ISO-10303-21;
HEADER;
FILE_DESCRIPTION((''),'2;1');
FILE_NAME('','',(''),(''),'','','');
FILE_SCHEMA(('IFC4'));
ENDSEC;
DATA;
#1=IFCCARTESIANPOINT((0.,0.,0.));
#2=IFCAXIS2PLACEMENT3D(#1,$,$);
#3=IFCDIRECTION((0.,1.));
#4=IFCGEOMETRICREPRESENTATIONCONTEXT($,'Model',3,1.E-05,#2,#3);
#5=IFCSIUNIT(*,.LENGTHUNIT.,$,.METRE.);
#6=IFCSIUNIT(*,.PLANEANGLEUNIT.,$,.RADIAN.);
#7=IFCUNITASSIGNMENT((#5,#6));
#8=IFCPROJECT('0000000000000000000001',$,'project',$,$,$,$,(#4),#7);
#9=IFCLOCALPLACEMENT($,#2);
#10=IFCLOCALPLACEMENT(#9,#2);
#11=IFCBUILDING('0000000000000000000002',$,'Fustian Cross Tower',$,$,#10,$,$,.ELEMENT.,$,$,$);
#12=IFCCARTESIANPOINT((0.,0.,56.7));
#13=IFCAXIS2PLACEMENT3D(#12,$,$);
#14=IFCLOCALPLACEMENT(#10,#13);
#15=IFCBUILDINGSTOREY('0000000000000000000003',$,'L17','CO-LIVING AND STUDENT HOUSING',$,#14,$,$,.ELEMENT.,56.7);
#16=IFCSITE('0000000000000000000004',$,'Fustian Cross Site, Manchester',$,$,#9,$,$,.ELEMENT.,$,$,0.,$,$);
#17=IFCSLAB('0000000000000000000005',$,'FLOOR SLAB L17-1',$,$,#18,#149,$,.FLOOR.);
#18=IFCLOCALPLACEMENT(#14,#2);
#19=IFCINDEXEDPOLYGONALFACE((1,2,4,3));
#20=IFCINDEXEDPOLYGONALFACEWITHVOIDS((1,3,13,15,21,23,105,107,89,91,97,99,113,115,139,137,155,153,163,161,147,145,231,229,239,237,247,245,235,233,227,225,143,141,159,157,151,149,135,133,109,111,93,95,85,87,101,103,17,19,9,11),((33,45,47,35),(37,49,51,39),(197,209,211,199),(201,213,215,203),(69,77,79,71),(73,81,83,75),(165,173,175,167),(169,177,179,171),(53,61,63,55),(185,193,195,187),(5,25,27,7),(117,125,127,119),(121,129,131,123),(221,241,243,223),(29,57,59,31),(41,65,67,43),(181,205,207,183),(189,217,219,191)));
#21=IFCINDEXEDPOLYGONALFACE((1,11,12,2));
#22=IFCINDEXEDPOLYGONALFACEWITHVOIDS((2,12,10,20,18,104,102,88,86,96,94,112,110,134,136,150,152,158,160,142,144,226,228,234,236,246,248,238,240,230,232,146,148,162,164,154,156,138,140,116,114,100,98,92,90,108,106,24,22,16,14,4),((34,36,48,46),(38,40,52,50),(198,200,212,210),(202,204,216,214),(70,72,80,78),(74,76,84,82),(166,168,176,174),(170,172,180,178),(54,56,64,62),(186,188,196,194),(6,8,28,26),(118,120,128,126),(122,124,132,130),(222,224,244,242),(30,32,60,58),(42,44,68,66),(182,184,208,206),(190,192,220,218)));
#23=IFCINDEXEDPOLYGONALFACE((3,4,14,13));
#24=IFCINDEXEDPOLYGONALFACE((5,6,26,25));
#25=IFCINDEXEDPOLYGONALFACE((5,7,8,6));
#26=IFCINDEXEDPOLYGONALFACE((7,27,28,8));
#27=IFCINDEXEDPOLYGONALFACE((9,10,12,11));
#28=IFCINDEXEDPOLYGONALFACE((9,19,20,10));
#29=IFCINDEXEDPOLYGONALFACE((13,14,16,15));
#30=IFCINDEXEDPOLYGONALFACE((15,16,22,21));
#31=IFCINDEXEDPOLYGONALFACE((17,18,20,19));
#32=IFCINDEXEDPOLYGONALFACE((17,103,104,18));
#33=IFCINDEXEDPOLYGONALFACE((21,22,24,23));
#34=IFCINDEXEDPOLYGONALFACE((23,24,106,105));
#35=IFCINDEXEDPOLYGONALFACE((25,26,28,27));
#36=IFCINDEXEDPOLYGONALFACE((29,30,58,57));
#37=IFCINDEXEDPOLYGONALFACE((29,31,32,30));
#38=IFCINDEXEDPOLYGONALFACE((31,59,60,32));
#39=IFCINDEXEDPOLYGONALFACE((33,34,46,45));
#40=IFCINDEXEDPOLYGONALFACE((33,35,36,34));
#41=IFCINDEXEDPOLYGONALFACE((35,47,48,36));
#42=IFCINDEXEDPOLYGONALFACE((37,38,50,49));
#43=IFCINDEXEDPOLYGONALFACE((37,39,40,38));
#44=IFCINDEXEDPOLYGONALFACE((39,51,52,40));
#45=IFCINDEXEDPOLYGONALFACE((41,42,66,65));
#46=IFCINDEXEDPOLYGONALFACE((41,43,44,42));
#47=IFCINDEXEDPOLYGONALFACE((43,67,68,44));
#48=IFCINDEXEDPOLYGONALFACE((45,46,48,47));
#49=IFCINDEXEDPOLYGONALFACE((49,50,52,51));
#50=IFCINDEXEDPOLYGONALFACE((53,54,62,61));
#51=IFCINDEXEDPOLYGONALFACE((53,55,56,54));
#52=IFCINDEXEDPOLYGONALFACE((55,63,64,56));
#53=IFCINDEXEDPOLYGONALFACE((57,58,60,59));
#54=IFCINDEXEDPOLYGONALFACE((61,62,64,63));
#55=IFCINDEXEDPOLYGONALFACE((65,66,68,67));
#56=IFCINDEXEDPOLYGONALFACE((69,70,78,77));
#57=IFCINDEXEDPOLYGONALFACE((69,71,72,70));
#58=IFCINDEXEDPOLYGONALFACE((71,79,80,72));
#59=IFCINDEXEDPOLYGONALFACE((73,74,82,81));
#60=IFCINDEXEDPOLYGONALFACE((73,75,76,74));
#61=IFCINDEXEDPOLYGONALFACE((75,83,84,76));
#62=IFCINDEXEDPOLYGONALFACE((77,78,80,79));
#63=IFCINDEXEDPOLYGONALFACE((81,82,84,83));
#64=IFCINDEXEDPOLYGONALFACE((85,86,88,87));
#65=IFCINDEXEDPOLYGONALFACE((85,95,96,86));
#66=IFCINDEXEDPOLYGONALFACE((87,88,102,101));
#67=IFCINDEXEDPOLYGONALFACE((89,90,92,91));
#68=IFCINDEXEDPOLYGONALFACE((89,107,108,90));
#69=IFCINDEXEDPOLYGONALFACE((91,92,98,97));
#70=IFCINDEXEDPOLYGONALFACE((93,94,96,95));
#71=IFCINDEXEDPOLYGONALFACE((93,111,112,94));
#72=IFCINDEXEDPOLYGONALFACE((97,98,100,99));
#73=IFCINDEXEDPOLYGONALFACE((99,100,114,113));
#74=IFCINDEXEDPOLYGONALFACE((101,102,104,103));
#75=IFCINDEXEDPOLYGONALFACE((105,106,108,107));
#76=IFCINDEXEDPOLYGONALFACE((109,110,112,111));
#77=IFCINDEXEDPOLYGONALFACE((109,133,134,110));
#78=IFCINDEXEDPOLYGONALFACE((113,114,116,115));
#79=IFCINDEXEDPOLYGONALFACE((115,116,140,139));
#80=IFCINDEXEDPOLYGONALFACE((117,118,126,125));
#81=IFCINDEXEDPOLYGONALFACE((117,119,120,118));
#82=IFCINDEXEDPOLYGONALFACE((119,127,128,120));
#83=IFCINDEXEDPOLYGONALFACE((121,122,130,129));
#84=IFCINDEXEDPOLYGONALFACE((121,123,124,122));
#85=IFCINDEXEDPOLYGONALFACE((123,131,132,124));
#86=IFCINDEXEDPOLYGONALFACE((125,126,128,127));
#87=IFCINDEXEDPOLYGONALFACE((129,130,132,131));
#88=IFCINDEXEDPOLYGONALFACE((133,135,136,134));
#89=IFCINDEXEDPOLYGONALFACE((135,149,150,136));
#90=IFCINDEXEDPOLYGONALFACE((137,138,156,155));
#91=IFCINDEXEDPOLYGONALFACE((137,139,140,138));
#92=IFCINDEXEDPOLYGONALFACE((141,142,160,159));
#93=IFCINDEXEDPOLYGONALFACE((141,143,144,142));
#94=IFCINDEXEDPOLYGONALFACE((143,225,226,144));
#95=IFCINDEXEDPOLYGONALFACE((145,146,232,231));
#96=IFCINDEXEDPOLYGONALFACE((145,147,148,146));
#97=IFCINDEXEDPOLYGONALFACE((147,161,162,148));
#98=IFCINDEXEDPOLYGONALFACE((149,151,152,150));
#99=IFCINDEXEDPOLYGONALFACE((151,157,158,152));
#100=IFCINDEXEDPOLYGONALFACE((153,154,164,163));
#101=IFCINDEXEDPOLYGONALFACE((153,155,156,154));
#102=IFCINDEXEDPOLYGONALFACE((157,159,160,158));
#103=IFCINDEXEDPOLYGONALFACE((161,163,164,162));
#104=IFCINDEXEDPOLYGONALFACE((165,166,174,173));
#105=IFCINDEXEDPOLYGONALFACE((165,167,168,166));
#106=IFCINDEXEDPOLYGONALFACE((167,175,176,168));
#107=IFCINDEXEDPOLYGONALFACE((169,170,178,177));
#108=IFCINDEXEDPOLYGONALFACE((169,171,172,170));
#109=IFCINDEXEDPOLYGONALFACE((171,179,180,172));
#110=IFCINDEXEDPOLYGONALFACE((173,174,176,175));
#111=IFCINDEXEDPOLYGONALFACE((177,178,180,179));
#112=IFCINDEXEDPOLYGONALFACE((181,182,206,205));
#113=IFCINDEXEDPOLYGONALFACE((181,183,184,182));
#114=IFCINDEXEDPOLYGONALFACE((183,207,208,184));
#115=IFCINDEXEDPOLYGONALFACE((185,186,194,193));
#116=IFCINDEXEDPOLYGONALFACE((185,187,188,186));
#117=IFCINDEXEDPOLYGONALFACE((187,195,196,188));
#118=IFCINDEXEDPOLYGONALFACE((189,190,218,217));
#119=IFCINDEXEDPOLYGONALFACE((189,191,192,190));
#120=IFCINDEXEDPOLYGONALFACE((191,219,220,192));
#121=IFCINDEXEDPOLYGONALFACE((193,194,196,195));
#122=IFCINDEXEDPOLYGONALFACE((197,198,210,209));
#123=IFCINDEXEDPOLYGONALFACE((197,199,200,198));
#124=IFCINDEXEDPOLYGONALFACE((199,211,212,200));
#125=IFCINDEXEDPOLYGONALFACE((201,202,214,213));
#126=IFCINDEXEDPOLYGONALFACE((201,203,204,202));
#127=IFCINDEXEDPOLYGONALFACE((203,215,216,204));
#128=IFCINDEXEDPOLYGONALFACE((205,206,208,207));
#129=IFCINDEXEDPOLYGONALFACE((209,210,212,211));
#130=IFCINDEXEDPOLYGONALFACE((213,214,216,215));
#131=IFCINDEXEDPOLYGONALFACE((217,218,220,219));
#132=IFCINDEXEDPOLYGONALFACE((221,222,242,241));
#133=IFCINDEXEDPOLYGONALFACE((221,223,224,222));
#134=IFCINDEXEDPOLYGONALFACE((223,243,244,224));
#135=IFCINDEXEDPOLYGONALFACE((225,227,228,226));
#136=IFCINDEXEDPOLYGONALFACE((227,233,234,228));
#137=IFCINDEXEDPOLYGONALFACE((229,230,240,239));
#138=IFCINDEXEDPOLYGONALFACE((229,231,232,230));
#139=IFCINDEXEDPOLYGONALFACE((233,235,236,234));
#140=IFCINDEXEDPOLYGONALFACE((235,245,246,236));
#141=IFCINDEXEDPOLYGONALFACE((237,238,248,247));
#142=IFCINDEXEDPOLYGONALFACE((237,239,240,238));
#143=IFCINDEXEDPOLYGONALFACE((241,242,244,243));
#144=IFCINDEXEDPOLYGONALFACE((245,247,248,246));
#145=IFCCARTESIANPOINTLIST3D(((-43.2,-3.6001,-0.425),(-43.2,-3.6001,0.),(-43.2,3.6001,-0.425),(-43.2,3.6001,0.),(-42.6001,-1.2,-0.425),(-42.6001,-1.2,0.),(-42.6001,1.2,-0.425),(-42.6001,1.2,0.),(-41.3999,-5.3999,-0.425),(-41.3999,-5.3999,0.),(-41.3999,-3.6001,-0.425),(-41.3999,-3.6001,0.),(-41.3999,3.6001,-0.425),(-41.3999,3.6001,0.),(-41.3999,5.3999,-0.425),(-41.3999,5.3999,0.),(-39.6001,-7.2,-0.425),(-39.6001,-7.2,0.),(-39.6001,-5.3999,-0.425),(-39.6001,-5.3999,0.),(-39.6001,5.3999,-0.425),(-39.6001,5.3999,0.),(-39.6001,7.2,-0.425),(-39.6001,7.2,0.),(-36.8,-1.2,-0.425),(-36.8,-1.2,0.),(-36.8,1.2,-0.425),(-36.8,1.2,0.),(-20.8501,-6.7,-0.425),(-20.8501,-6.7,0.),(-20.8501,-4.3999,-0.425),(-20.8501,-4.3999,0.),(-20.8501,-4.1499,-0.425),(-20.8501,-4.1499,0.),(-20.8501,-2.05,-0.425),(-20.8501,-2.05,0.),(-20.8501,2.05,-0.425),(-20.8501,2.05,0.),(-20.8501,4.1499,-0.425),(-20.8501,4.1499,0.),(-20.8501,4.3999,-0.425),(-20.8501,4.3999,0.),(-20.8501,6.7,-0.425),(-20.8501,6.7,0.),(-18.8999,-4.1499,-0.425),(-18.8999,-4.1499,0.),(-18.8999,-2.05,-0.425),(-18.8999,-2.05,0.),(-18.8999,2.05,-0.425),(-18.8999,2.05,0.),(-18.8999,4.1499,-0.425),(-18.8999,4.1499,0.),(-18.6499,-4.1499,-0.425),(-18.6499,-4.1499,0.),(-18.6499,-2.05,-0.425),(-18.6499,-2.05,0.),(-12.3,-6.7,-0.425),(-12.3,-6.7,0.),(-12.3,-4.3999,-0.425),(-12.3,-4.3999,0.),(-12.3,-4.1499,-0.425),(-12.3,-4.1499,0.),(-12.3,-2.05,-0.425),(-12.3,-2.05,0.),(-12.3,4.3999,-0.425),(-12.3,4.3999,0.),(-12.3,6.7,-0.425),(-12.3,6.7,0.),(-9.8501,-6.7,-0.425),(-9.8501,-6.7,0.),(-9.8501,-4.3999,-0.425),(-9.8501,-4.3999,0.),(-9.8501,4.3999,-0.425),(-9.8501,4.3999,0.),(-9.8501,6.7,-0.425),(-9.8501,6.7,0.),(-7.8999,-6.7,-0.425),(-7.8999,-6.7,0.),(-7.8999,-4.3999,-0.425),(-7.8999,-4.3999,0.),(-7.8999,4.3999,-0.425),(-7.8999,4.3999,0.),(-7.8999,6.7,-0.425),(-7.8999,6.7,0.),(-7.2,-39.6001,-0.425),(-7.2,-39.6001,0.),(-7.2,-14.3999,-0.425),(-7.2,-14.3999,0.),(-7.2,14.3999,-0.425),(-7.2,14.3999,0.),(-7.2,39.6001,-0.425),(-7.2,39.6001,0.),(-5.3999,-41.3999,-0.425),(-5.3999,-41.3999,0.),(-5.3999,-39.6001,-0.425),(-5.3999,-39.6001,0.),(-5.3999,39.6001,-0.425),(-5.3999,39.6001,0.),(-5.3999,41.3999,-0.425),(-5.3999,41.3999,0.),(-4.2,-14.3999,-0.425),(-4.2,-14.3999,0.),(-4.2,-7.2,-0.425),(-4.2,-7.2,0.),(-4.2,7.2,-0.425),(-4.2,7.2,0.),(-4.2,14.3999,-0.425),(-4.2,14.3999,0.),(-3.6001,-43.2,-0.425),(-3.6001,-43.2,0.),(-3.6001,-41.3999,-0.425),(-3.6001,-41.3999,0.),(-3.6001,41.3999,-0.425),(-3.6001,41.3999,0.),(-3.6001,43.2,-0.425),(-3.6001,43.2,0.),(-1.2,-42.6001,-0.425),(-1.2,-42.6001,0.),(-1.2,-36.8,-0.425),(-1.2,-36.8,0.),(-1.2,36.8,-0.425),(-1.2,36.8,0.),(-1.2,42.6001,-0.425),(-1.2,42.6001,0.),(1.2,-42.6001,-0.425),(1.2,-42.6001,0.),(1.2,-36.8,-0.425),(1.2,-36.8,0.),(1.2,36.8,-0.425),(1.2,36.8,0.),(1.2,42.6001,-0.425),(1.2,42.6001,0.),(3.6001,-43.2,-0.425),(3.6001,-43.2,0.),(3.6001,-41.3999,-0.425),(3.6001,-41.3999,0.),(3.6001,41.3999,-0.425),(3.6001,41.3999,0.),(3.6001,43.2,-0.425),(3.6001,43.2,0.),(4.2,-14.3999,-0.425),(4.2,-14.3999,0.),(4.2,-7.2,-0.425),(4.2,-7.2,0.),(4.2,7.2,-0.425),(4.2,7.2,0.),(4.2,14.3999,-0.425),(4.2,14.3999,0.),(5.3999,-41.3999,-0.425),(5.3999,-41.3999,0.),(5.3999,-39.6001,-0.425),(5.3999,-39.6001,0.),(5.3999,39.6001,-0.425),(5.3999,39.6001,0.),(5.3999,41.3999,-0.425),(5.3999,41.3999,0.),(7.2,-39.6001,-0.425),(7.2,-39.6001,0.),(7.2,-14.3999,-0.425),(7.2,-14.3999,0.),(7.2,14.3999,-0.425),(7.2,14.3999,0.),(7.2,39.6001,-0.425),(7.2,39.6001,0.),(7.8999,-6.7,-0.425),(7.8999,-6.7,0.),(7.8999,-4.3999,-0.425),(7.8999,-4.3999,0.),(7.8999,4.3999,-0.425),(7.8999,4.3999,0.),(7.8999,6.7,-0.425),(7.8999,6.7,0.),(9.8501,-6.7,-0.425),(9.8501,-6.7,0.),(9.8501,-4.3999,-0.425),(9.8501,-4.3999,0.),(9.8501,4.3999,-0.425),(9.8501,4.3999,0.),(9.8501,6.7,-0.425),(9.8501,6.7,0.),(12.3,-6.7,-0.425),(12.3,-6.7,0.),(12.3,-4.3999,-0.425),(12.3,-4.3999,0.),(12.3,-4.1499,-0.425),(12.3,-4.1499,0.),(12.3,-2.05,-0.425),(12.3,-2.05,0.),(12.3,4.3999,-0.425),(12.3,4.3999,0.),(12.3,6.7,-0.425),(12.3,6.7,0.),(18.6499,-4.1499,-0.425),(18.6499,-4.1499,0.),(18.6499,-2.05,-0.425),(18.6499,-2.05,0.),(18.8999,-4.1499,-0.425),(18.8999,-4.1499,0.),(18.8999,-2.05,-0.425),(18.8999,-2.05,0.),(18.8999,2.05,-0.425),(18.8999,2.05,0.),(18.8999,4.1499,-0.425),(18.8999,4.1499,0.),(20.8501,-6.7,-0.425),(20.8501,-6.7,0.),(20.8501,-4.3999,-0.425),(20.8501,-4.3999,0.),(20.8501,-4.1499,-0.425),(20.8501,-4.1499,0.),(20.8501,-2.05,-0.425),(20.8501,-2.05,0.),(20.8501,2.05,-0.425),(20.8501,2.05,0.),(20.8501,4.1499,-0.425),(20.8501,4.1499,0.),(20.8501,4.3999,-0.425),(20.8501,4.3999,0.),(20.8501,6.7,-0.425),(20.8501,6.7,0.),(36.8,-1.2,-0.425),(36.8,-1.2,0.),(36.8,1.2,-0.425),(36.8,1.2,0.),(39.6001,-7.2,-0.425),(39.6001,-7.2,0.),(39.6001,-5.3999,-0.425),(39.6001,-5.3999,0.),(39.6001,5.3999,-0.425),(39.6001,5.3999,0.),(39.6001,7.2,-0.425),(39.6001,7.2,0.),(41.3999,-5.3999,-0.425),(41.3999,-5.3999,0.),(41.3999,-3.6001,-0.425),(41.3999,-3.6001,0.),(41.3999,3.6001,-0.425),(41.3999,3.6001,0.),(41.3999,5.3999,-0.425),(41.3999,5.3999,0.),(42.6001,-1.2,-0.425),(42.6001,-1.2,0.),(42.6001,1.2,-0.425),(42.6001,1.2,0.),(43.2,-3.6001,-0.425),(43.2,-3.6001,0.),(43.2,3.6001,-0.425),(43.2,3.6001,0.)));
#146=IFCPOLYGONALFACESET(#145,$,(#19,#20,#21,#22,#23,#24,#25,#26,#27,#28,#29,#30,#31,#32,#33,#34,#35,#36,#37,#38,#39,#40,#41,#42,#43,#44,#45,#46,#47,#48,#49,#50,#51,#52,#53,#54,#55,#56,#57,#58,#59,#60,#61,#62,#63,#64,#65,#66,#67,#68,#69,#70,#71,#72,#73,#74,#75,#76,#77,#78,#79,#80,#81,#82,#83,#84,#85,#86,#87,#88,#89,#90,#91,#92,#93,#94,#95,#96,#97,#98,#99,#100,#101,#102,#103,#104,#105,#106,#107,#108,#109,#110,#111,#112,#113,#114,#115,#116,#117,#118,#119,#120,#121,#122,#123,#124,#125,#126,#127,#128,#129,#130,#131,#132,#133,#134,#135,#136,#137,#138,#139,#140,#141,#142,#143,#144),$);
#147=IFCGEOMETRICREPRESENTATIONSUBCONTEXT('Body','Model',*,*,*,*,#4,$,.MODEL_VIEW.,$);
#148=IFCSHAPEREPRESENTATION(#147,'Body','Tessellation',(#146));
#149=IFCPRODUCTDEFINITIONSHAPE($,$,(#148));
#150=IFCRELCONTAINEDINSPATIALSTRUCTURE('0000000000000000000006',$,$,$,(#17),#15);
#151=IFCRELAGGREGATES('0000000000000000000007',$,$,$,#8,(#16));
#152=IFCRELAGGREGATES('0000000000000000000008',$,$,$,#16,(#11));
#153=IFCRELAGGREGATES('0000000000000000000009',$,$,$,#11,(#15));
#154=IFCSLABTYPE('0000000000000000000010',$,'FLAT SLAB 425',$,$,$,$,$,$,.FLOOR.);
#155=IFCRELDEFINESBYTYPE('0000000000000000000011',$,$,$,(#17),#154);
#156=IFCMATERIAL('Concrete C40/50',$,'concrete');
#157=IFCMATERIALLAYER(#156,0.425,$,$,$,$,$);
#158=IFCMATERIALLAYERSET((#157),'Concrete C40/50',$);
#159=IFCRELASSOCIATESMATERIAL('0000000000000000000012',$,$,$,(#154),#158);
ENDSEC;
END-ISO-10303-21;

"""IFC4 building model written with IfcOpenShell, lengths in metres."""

from ifc_helpers import new_model, si_unit, direction, frame, origin, place, context, subcontext, project, spatial, polyline, outline, extrude, material, layer, layer_set, type_object, element, save


model = new_model("IFC4")

# Units and contexts
model_context = context("Model", 3, precision=1e-05, world=origin(), true_north=direction((0.0, 1.0)))
body_context = subcontext(model_context, "Body", "Model", "MODEL_VIEW")
ifc_project = project(units=[si_unit("LENGTHUNIT", "METRE"), si_unit("PLANEANGLEUNIT", "RADIAN")], contexts=[model_context])

# Site, building, storey
site_placement = place(None, origin())
site = spatial("IfcSite", under=ifc_project, at=site_placement, Name="Fustian Cross Site, Manchester", CompositionType="ELEMENT", RefElevation=0.0)
building_placement = place(site_placement, origin())
building = spatial("IfcBuilding", under=site, at=building_placement, Name="Fustian Cross Tower", CompositionType="ELEMENT")
storey_placement = place(building_placement, frame((0.0, 0.0, 56.7)))
storey = spatial("IfcBuildingStorey", under=building, at=storey_placement, Name="L17", Description="CO-LIVING AND STUDENT HOUSING", CompositionType="ELEMENT", Elevation=56.7)

# Slab
ifc_material_1 = material(Name="Concrete C40/50", Category="concrete")
ifc_layer_1 = layer(ifc_material_1, 0.425)
ifc_layer_set_1 = layer_set([ifc_layer_1], Name="Concrete C40/50")
slab_type = type_object("IfcSlabType", Name="FLAT SLAB 425", PredefinedType="FLOOR", material=ifc_layer_set_1)
slab_placement = place(storey_placement, frame((0.0, 0.0, -0.425)))
element("IfcSlab", 1, at=slab_placement, inside=storey, type_object=slab_type, Name="FLOOR SLAB L17-1", PredefinedType="FLOOR", context=body_context, shape_type="SweptSolid", body=[
    extrude(outline(polyline([(-4.2, -7.2), (-39.6001, -7.2), (-39.6001, -5.3999), (-41.3999, -5.3999), (-41.3999, -3.6001), (-43.2, -3.6001), (-43.2, 3.6001), (-41.3999, 3.6001), (-41.3999, 5.3999), (-39.6001, 5.3999), (-39.6001, 7.2), (-4.2, 7.2), (-4.2, 14.3999), (-7.2, 14.3999), (-7.2, 39.6001), (-5.3999, 39.6001), (-5.3999, 41.3999), (-3.6001, 41.3999), (-3.6001, 43.2), (3.6001, 43.2), (3.6001, 41.3999), (5.3999, 41.3999), (5.3999, 39.6001), (7.2, 39.6001), (7.2, 14.3999), (4.2, 14.3999), (4.2, 7.2), (39.6001, 7.2), (39.6001, 5.3999), (41.3999, 5.3999), (41.3999, 3.6001), (43.2, 3.6001), (43.2, -3.6001), (41.3999, -3.6001), (41.3999, -5.3999), (39.6001, -5.3999), (39.6001, -7.2), (4.2, -7.2), (4.2, -14.3999), (7.2, -14.3999), (7.2, -39.6001), (5.3999, -39.6001), (5.3999, -41.3999), (3.6001, -41.3999), (3.6001, -43.2), (-3.6001, -43.2), (-3.6001, -41.3999), (-5.3999, -41.3999), (-5.3999, -39.6001), (-7.2, -39.6001), (-7.2, -14.3999), (-4.2, -14.3999), (-4.2, -7.2)]), holes=[polyline([(18.8999, -2.05), (18.8999, -4.1499), (20.8501, -4.1499), (20.8501, -2.05), (18.8999, -2.05)]), polyline([(20.8501, 4.1499), (18.8999, 4.1499), (18.8999, 2.05), (20.8501, 2.05), (20.8501, 4.1499)]), polyline([(9.8501, 4.3999), (9.8501, 6.7), (7.8999, 6.7), (7.8999, 4.3999), (9.8501, 4.3999)]), polyline([(7.8999, -6.7), (9.8501, -6.7), (9.8501, -4.3999), (7.8999, -4.3999), (7.8999, -6.7)]), polyline([(-20.8501, -2.05), (-20.8501, -4.1499), (-18.8999, -4.1499), (-18.8999, -2.05), (-20.8501, -2.05)]), polyline([(-18.8999, 4.1499), (-20.8501, 4.1499), (-20.8501, 2.05), (-18.8999, 2.05), (-18.8999, 4.1499)]), polyline([(-7.8999, 4.3999), (-7.8999, 6.7), (-9.8501, 6.7), (-9.8501, 4.3999), (-7.8999, 4.3999)]), polyline([(-9.8501, -6.7), (-7.8999, -6.7), (-7.8999, -4.3999), (-9.8501, -4.3999), (-9.8501, -6.7)]), polyline([(12.3, -2.05), (12.3, -4.1499), (18.6499, -4.1499), (18.6499, -2.05), (12.3, -2.05)]), polyline([(-12.3, -2.05), (-18.6499, -2.05), (-18.6499, -4.1499), (-12.3, -4.1499), (-12.3, -2.05)]), polyline([(20.8501, 4.3999), (20.8501, 6.7), (12.3, 6.7), (12.3, 4.3999), (20.8501, 4.3999)]), polyline([(12.3, -6.7), (20.8501, -6.7), (20.8501, -4.3999), (12.3, -4.3999), (12.3, -6.7)]), polyline([(-20.8501, 6.7), (-20.8501, 4.3999), (-12.3, 4.3999), (-12.3, 6.7), (-20.8501, 6.7)]), polyline([(-12.3, -4.3999), (-20.8501, -4.3999), (-20.8501, -6.7), (-12.3, -6.7), (-12.3, -4.3999)]), polyline([(1.2, 36.8), (1.2, 42.6001), (-1.2, 42.6001), (-1.2, 36.8), (1.2, 36.8)]), polyline([(-1.2, -42.6001), (1.2, -42.6001), (1.2, -36.8), (-1.2, -36.8), (-1.2, -42.6001)]), polyline([(36.8, 1.2), (36.8, -1.2), (42.6001, -1.2), (42.6001, 1.2), (36.8, 1.2)]), polyline([(-36.8, 1.2), (-42.6001, 1.2), (-42.6001, -1.2), (-36.8, -1.2), (-36.8, 1.2)])]), origin(), (0.0, 0.0, 1.0), 0.425),
])

save(model, "model.ifc")
